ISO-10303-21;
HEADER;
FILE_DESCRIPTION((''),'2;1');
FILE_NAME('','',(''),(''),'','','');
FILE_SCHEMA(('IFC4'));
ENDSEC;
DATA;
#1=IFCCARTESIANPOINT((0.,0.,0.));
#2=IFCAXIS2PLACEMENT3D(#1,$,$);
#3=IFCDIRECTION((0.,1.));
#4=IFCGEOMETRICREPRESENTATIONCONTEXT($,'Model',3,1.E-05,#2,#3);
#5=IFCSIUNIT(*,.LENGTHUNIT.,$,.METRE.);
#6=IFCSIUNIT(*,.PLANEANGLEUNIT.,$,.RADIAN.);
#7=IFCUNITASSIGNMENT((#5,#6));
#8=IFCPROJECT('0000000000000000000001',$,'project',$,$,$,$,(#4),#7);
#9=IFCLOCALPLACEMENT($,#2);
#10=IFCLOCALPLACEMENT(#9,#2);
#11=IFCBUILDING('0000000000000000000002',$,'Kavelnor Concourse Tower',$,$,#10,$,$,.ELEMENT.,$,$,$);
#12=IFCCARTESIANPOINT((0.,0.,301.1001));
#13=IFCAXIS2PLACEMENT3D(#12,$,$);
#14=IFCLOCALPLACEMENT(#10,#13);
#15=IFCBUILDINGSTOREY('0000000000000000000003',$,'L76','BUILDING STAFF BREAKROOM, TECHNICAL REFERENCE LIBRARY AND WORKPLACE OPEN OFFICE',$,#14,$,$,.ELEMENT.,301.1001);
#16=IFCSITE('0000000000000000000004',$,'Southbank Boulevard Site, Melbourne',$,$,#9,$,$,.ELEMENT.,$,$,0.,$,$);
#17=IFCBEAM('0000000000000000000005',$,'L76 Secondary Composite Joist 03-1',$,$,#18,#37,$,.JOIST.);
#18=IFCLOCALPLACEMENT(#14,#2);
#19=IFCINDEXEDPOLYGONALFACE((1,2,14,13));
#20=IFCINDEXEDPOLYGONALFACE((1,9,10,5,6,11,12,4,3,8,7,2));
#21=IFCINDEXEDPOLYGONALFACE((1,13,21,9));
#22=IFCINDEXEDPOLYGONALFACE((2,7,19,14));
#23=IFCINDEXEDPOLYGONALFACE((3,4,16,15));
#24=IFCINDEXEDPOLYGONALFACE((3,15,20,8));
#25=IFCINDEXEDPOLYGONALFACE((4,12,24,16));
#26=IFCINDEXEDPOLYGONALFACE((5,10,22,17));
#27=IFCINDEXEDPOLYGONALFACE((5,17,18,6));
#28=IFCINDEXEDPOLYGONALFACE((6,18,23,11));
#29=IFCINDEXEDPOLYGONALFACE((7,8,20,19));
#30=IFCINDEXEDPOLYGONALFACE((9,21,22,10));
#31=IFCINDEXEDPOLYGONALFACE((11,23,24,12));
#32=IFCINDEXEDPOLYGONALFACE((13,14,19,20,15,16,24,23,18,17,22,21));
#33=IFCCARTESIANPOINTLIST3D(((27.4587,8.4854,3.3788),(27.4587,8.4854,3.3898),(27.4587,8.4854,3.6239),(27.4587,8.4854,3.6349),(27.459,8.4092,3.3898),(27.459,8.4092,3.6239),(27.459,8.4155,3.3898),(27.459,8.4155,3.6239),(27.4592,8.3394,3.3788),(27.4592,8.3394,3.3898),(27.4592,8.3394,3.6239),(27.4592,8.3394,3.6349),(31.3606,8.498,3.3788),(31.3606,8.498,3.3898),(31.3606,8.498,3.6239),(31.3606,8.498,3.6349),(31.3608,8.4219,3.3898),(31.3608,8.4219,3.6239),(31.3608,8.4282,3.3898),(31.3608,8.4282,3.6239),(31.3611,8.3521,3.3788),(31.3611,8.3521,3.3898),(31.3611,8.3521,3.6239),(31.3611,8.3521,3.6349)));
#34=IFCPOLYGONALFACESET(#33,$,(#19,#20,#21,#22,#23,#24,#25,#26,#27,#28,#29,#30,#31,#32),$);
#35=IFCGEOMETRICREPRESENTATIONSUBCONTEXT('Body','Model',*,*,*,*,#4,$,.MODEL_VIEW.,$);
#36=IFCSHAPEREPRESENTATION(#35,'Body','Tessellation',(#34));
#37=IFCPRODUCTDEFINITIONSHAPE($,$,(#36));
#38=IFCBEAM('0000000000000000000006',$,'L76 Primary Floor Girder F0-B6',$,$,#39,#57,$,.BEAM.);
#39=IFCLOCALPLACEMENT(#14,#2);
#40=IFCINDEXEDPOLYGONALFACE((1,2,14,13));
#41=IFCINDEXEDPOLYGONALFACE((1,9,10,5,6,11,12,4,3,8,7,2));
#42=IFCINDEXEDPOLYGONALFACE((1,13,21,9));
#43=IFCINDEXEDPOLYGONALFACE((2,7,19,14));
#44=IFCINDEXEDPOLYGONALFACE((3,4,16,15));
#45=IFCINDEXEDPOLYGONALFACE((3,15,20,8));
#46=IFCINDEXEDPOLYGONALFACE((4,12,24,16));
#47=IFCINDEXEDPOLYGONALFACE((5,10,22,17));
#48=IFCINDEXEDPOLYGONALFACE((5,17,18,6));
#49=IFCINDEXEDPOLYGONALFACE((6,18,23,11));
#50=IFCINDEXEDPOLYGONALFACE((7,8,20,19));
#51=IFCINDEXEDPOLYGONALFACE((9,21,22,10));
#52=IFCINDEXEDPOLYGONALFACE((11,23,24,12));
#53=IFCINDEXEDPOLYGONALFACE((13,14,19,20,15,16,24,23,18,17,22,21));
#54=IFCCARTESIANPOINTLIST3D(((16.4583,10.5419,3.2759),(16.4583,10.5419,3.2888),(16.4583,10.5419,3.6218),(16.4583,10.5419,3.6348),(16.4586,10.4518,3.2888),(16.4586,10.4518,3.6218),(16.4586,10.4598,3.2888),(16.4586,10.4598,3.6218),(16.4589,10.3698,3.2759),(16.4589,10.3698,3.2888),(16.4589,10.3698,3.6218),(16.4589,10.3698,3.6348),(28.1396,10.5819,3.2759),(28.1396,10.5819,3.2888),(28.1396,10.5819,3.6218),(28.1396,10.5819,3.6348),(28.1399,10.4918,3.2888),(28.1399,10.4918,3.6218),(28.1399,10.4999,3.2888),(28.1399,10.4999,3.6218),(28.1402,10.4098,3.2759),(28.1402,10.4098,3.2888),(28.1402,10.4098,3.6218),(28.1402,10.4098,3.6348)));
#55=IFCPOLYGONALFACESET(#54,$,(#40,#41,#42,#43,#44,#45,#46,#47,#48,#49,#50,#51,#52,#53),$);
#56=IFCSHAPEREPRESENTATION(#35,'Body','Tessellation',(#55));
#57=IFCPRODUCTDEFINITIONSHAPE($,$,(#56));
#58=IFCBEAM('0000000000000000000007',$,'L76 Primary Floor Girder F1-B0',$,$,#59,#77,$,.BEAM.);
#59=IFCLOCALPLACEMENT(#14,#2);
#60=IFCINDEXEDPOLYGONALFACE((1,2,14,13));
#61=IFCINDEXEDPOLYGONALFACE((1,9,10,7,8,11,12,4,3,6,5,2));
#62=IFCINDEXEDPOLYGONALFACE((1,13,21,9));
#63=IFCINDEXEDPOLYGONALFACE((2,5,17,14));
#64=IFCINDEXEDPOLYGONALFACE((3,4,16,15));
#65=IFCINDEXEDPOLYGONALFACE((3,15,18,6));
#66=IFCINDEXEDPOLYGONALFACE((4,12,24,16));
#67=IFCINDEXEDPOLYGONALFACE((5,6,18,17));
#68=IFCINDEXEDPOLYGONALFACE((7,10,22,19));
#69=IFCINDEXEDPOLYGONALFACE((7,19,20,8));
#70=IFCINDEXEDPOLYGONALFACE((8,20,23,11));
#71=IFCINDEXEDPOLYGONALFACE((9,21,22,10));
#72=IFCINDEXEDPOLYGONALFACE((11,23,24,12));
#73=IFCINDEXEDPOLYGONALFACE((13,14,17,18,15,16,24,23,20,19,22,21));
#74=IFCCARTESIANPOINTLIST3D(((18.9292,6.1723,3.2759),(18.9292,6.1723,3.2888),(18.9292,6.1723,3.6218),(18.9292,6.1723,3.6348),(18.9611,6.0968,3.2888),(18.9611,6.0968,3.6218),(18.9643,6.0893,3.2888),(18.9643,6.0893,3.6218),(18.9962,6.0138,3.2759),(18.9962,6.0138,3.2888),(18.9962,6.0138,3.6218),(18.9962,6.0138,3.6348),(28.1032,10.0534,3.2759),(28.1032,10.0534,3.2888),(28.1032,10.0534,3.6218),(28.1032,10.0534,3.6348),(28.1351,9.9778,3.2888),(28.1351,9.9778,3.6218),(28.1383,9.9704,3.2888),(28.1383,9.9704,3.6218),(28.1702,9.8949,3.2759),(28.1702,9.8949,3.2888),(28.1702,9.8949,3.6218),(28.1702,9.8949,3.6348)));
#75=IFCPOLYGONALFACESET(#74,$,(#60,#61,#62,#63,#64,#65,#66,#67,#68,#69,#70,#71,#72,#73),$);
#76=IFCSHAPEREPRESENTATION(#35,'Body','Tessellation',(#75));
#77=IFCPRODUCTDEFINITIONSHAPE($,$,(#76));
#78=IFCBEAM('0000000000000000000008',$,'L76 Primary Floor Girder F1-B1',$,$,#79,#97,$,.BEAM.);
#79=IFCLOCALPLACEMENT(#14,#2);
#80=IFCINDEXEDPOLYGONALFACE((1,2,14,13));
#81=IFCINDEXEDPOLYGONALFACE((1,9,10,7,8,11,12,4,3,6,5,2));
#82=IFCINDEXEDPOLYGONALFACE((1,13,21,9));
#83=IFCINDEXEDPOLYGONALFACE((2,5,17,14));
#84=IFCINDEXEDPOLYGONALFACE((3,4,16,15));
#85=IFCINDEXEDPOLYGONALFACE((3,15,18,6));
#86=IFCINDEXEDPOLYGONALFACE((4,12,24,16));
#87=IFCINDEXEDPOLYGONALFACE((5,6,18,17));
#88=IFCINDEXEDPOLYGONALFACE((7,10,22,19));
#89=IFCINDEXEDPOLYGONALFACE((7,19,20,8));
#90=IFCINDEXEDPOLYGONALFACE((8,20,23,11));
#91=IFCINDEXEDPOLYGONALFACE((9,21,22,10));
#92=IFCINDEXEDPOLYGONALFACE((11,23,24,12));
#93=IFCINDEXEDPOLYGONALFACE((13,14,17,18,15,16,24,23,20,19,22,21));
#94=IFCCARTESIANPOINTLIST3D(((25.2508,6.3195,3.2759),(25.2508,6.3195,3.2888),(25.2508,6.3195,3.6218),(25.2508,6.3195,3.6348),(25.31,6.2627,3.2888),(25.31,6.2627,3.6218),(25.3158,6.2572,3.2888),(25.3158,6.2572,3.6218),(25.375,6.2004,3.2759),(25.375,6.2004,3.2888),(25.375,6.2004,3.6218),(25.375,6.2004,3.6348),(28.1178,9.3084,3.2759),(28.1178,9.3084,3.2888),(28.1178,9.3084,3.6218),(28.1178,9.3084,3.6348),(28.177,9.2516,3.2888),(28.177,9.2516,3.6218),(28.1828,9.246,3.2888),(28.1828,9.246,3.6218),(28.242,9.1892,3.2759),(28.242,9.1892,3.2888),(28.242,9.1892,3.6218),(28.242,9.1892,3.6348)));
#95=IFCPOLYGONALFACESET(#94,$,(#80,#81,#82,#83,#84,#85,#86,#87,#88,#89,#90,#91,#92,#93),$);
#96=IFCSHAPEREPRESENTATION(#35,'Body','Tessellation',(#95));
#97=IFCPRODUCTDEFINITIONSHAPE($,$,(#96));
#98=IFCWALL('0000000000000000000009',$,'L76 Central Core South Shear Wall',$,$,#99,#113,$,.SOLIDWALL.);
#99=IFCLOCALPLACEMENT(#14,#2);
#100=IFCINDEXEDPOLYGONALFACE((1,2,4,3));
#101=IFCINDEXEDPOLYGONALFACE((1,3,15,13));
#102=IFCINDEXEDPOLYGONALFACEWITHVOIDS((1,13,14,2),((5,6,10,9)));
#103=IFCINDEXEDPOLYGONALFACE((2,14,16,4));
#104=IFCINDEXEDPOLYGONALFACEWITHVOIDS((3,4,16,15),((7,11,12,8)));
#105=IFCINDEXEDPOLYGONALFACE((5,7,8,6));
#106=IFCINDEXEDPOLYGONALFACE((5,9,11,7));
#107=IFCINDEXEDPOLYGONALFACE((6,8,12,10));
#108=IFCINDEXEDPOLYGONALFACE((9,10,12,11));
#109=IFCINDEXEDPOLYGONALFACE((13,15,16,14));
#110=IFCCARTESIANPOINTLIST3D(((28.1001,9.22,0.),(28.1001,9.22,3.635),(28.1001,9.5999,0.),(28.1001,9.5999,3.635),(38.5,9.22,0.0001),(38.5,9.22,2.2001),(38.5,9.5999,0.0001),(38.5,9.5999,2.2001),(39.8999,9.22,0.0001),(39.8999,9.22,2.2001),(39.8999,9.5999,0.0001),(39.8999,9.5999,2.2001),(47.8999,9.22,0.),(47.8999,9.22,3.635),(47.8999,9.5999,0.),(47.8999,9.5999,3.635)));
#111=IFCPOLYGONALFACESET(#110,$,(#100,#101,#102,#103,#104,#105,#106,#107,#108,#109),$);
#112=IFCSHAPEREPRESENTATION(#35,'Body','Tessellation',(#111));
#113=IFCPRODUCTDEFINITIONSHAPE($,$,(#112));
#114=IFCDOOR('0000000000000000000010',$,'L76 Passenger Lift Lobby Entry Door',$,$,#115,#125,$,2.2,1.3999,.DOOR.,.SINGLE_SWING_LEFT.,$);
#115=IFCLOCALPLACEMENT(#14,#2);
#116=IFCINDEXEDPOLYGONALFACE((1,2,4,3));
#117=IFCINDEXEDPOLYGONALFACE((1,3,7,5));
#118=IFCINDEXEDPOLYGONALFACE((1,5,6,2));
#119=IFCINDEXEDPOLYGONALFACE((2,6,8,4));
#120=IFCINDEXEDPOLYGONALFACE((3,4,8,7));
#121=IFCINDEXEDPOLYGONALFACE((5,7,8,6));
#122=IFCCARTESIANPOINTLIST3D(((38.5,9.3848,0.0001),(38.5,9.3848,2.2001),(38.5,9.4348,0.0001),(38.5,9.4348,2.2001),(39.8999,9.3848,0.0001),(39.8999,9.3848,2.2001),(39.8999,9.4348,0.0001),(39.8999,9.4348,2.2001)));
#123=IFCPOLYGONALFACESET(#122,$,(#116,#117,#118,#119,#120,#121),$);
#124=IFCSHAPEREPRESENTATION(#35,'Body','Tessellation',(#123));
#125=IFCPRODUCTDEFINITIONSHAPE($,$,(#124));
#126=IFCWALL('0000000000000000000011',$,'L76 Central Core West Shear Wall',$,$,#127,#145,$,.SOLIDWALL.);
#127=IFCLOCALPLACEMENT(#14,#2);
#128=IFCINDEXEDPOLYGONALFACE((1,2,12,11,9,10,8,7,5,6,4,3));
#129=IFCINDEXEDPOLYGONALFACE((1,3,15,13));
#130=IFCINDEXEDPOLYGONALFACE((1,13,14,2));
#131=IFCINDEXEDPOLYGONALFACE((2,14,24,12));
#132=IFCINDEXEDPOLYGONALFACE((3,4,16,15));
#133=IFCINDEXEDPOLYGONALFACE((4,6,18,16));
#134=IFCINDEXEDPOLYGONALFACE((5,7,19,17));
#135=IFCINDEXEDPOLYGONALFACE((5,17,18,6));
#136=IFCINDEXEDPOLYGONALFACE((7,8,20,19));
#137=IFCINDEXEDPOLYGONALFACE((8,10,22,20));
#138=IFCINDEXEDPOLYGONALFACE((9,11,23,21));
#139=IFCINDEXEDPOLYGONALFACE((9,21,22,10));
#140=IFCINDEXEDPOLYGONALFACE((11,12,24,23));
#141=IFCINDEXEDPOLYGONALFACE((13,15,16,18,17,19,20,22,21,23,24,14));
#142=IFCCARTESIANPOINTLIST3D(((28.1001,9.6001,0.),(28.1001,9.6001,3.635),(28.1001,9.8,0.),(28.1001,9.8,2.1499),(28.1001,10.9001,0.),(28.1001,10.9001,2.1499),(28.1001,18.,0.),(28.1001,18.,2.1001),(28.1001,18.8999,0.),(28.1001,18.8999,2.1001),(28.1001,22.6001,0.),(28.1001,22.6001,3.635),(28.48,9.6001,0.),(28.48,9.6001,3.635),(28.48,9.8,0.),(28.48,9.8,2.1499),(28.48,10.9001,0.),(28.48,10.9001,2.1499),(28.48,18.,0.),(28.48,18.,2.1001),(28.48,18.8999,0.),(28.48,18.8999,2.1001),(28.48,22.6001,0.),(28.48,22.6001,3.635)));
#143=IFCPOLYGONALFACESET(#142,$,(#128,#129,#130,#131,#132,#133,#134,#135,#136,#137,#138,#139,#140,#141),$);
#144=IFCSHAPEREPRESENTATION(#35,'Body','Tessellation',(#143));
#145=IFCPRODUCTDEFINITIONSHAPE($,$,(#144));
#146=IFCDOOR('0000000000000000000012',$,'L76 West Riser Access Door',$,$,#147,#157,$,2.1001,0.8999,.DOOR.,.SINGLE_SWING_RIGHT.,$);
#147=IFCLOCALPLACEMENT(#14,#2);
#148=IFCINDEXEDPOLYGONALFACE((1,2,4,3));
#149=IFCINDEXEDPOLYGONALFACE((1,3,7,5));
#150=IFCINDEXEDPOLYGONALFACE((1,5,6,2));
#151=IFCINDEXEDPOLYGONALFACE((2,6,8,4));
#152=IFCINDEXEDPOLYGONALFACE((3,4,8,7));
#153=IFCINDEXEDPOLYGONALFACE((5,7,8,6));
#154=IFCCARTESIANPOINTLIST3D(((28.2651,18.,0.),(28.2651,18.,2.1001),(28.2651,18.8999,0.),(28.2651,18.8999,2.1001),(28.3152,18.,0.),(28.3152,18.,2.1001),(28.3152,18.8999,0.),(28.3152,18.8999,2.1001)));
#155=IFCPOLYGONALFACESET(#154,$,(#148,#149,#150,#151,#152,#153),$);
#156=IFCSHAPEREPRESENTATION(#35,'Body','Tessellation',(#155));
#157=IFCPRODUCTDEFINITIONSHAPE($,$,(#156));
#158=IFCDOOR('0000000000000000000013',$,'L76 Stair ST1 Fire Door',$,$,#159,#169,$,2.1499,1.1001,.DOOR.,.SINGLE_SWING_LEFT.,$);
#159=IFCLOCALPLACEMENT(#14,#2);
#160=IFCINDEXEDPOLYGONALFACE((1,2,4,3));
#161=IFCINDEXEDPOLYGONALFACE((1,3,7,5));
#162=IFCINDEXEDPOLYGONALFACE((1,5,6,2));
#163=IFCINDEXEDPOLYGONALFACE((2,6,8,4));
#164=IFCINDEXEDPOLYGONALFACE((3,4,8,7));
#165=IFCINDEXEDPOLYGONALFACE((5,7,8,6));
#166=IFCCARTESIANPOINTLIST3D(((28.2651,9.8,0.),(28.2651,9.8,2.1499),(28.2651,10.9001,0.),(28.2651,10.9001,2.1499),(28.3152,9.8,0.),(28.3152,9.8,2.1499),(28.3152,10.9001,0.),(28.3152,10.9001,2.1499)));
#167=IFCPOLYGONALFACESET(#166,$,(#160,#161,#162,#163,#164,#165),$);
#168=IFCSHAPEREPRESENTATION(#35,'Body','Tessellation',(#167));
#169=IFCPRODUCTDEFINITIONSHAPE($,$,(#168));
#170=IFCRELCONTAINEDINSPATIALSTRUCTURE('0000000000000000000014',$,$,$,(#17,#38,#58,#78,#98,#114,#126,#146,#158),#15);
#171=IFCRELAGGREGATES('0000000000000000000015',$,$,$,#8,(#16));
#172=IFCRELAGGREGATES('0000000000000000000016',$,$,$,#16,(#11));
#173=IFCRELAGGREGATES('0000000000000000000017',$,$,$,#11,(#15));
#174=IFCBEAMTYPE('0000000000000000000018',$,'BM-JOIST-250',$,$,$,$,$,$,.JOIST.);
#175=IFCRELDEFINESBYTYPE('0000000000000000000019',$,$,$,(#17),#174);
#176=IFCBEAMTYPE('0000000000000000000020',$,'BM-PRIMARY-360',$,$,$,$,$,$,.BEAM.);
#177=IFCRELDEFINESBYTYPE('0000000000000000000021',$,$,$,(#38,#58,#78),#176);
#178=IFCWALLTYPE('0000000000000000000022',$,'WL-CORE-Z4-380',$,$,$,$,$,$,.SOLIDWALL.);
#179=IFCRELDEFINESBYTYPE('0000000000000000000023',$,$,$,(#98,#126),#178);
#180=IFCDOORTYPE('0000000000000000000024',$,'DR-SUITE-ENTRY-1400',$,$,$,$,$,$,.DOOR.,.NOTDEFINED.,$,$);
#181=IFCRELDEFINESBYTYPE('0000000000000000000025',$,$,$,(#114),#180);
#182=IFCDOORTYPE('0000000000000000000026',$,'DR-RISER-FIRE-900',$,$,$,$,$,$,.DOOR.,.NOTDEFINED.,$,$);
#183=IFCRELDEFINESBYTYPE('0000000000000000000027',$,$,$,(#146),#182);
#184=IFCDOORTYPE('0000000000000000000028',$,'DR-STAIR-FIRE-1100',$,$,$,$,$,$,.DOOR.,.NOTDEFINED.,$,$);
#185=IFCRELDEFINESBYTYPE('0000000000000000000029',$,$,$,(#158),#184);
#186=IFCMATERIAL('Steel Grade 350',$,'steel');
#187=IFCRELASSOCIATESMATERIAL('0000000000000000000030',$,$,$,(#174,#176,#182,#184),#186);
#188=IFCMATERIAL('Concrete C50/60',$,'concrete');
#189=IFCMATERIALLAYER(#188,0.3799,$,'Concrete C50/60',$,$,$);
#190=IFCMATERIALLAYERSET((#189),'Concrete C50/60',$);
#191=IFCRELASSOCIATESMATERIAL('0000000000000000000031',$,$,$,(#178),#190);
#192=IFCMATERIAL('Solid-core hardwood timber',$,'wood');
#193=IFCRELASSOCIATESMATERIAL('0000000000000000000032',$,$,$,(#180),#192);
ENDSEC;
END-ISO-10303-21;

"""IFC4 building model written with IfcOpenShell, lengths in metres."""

from ifc_helpers import new_model, si_unit, direction, frame, frame_2d, origin, origin_2d, place, context, subcontext, project, spatial, rectangle, i_section, extrude, material, layer, layer_set, material_profile, profile_set, type_object, element, fill, save


model = new_model("IFC4")

# Units and contexts
model_context = context("Model", 3, precision=1e-05, world=origin(), true_north=direction((0.0, 1.0)))
body_context = subcontext(model_context, "Body", "Model", "MODEL_VIEW")
ifc_project = project(units=[si_unit("LENGTHUNIT", "METRE"), si_unit("PLANEANGLEUNIT", "RADIAN")], contexts=[model_context])

# Site, building, storey
site_placement = place(None, origin())
site = spatial("IfcSite", under=ifc_project, at=site_placement, Name="Southbank Boulevard Site, Melbourne", CompositionType="ELEMENT", RefElevation=0.0)
building_placement = place(site_placement, origin())
building = spatial("IfcBuilding", under=site, at=building_placement, Name="Kavelnor Concourse Tower", CompositionType="ELEMENT")
storey_placement = place(building_placement, frame((0.0, 0.0, 301.1001)))
storey = spatial("IfcBuildingStorey", under=building, at=storey_placement, Name="L76", Description="BUILDING STAFF BREAKROOM, TECHNICAL REFERENCE LIBRARY AND WORKPLACE OPEN OFFICE", CompositionType="ELEMENT", Elevation=301.1001)

# Beams
ifc_material_1 = material(Name="Steel Grade 350", Category="steel")
ifc_material_profile_1 = material_profile(ifc_material_1, i_section(OverallWidth=0.146, OverallDepth=0.2561, WebThickness=0.0063, FlangeThickness=0.011, at=origin_2d()), Name="250UB37")
ifc_profile_set_1 = profile_set([ifc_material_profile_1], Name="Steel Grade 350")
beam_type_1 = type_object("IfcBeamType", Name="BM-JOIST-250", PredefinedType="JOIST", material=ifc_profile_set_1)
beam_1_placement = place(storey_placement, frame((27.459, 8.4124, 3.5068), z_axis=(0.999995, 0.003254, 0.0), x_axis=(-0.003254, 0.999995, 0.0)))
element("IfcBeam", 1, at=beam_1_placement, inside=storey, type_object=beam_type_1, Name="L76 Secondary Composite Joist 03-1", PredefinedType="JOIST", context=body_context, shape_type="SweptSolid", body=[
    extrude(i_section(OverallWidth=0.146, OverallDepth=0.2561, WebThickness=0.0063, FlangeThickness=0.011, at=origin_2d()), origin(), (0.0, 0.0, 1.0), 3.9019),
])
ifc_material_profile_2 = material_profile(ifc_material_1, i_section(OverallWidth=0.1721, OverallDepth=0.3589, WebThickness=0.0081, FlangeThickness=0.0129, at=origin_2d()), Name="360UB56")
ifc_profile_set_2 = profile_set([ifc_material_profile_2], Name="Steel Grade 350")
beam_type_2 = type_object("IfcBeamType", Name="BM-PRIMARY-360", PredefinedType="BEAM", material=ifc_profile_set_2)
beam_2_placement = place(storey_placement, frame((28.1399, 10.4958, 3.4553), z_axis=(-0.999994, -0.003428, 0.0), x_axis=(0.003428, -0.999994, 0.0)))
element("IfcBeam", 2, at=beam_2_placement, inside=storey, type_object=beam_type_2, Name="L76 Primary Floor Girder F0-B6", PredefinedType="BEAM", context=body_context, shape_type="SweptSolid", body=[
    extrude(i_section(OverallWidth=0.1721, OverallDepth=0.3589, WebThickness=0.0081, FlangeThickness=0.0129, at=origin_2d()), origin(), (0.0, 0.0, 1.0), 11.6814),
])
beam_3_placement = place(storey_placement, frame((28.1367, 9.9741, 3.4553), z_axis=(-0.920976, -0.38962, 0.0), x_axis=(0.38962, -0.920976, 0.0)))
element("IfcBeam", 3, at=beam_3_placement, inside=storey, type_object=beam_type_2, Name="L76 Primary Floor Girder F1-B0", PredefinedType="BEAM", context=body_context, shape_type="SweptSolid", body=[
    extrude(i_section(OverallWidth=0.1721, OverallDepth=0.3589, WebThickness=0.0081, FlangeThickness=0.0129, at=origin_2d()), origin(), (0.0, 0.0, 1.0), 9.9612),
])
beam_4_placement = place(storey_placement, frame((28.1799, 9.2488, 3.4553), z_axis=(-0.692246, -0.721662, 0.0), x_axis=(0.721662, -0.692246, 0.0)))
element("IfcBeam", 4, at=beam_4_placement, inside=storey, type_object=beam_type_2, Name="L76 Primary Floor Girder F1-B1", PredefinedType="BEAM", context=body_context, shape_type="SweptSolid", body=[
    extrude(i_section(OverallWidth=0.1721, OverallDepth=0.3589, WebThickness=0.0081, FlangeThickness=0.0129, at=origin_2d()), origin(), (0.0, 0.0, 1.0), 4.1416),
])

# Wall, opening, door
ifc_material_2 = material(Name="Concrete C50/60", Category="concrete")
ifc_layer_1 = layer(ifc_material_2, 0.3799, Name="Concrete C50/60")
ifc_layer_set_1 = layer_set([ifc_layer_1], Name="Concrete C50/60")
wall_type_1 = type_object("IfcWallType", Name="WL-CORE-Z4-380", PredefinedType="SOLIDWALL", material=ifc_layer_set_1)
wall_1_placement = place(storey_placement, frame((28.1001, 9.4099, 0.0), z_axis=(0.0, 0.0, 1.0), x_axis=(1.0, 0.0, 0.0)))
wall_1 = element("IfcWall", 5, at=wall_1_placement, inside=storey, type_object=wall_type_1, Name="L76 Central Core South Shear Wall", PredefinedType="SOLIDWALL", context=body_context, shape_type="SweptSolid", body=[
    extrude(rectangle(XDim=19.7998, YDim=0.3799, at=frame_2d((9.8999, 0.0))), origin(), (0.0, 0.0, 1.0), 3.635),
])
opening_1_placement = place(wall_1_placement, frame((10.3999, 0.0, 0.0)))
opening_1 = element("IfcOpeningElement", 6, at=opening_1_placement, cuts=wall_1, PredefinedType="OPENING", context=body_context, shape_type="SweptSolid", body=[
    extrude(rectangle(XDim=1.3999, YDim=2.2, at=frame_2d((0.7, 1.1001))), frame((0.0, 0.2, 0.0), z_axis=(0.0, -1.0, 0.0), x_axis=(1.0, 0.0, 0.0)), (0.0, 0.0, 1.0), 0.3999),
])
ifc_material_3 = material(Name="Solid-core hardwood timber", Category="wood")
door_type_1 = type_object("IfcDoorType", Name="DR-SUITE-ENTRY-1400", OperationType="NOTDEFINED", PredefinedType="DOOR", material=ifc_material_3)
door_1_placement = place(opening_1_placement, origin())
door_1 = element("IfcDoor", 7, at=door_1_placement, inside=storey, type_object=door_type_1, Name="L76 Passenger Lift Lobby Entry Door", OperationType="SINGLE_SWING_LEFT", OverallHeight=2.2, OverallWidth=1.3999, PredefinedType="DOOR", context=body_context, shape_type="SweptSolid", body=[
    extrude(rectangle(XDim=1.3999, YDim=2.2, at=frame_2d((0.7, 1.1001))), frame((0.0, 0.0249, 0.0), z_axis=(0.0, -1.0, 0.0), x_axis=(1.0, 0.0, 0.0)), (0.0, 0.0, 1.0), 0.05),
])
fill(opening_1, door_1)

# Wall, openings, doors
wall_2_placement = place(storey_placement, frame((28.29, 9.6001, 0.0), z_axis=(0.0, 0.0, 1.0), x_axis=(0.0, 1.0, 0.0)))
wall_2 = element("IfcWall", 8, at=wall_2_placement, inside=storey, type_object=wall_type_1, Name="L76 Central Core West Shear Wall", PredefinedType="SOLIDWALL", context=body_context, shape_type="SweptSolid", body=[
    extrude(rectangle(XDim=13.0, YDim=0.3799, at=frame_2d((6.5, 0.0))), origin(), (0.0, 0.0, 1.0), 3.635),
])
opening_2_placement = place(wall_2_placement, frame((0.2, 0.0, 0.0)))
opening_2 = element("IfcOpeningElement", 9, at=opening_2_placement, cuts=wall_2, PredefinedType="OPENING", context=body_context, shape_type="SweptSolid", body=[
    extrude(rectangle(XDim=1.1001, YDim=2.1499, at=frame_2d((0.55, 1.075))), frame((0.0, 0.2, 0.0), z_axis=(0.0, -1.0, 0.0), x_axis=(1.0, 0.0, 0.0)), (0.0, 0.0, 1.0), 0.3999),
])
opening_3_placement = place(wall_2_placement, frame((8.3999, 0.0, 0.0)))
opening_3 = element("IfcOpeningElement", 10, at=opening_3_placement, cuts=wall_2, PredefinedType="OPENING", context=body_context, shape_type="SweptSolid", body=[
    extrude(rectangle(XDim=0.8999, YDim=2.1001, at=frame_2d((0.45, 1.05))), frame((0.0, 0.2, 0.0), z_axis=(0.0, -1.0, 0.0), x_axis=(1.0, 0.0, 0.0)), (0.0, 0.0, 1.0), 0.3999),
])
door_type_2 = type_object("IfcDoorType", Name="DR-RISER-FIRE-900", OperationType="NOTDEFINED", PredefinedType="DOOR", material=ifc_material_1)
door_2_placement = place(opening_3_placement, origin())
door_2 = element("IfcDoor", 11, at=door_2_placement, inside=storey, type_object=door_type_2, Name="L76 West Riser Access Door", OperationType="SINGLE_SWING_RIGHT", OverallHeight=2.1001, OverallWidth=0.8999, PredefinedType="DOOR", context=body_context, shape_type="SweptSolid", body=[
    extrude(rectangle(XDim=0.8999, YDim=2.1001, at=frame_2d((0.45, 1.05))), frame((0.0, 0.0249, 0.0), z_axis=(0.0, -1.0, 0.0), x_axis=(1.0, 0.0, 0.0)), (0.0, 0.0, 1.0), 0.05),
])
fill(opening_3, door_2)
door_type_3 = type_object("IfcDoorType", Name="DR-STAIR-FIRE-1100", OperationType="NOTDEFINED", PredefinedType="DOOR", material=ifc_material_1)
door_3_placement = place(opening_2_placement, origin())
door_3 = element("IfcDoor", 12, at=door_3_placement, inside=storey, type_object=door_type_3, Name="L76 Stair ST1 Fire Door", OperationType="SINGLE_SWING_LEFT", OverallHeight=2.1499, OverallWidth=1.1001, PredefinedType="DOOR", context=body_context, shape_type="SweptSolid", body=[
    extrude(rectangle(XDim=1.1001, YDim=2.1499, at=frame_2d((0.55, 1.075))), frame((0.0, 0.0249, 0.0), z_axis=(0.0, -1.0, 0.0), x_axis=(1.0, 0.0, 0.0)), (0.0, 0.0, 1.0), 0.05),
])
fill(opening_2, door_3)

save(model, "model.ifc")
